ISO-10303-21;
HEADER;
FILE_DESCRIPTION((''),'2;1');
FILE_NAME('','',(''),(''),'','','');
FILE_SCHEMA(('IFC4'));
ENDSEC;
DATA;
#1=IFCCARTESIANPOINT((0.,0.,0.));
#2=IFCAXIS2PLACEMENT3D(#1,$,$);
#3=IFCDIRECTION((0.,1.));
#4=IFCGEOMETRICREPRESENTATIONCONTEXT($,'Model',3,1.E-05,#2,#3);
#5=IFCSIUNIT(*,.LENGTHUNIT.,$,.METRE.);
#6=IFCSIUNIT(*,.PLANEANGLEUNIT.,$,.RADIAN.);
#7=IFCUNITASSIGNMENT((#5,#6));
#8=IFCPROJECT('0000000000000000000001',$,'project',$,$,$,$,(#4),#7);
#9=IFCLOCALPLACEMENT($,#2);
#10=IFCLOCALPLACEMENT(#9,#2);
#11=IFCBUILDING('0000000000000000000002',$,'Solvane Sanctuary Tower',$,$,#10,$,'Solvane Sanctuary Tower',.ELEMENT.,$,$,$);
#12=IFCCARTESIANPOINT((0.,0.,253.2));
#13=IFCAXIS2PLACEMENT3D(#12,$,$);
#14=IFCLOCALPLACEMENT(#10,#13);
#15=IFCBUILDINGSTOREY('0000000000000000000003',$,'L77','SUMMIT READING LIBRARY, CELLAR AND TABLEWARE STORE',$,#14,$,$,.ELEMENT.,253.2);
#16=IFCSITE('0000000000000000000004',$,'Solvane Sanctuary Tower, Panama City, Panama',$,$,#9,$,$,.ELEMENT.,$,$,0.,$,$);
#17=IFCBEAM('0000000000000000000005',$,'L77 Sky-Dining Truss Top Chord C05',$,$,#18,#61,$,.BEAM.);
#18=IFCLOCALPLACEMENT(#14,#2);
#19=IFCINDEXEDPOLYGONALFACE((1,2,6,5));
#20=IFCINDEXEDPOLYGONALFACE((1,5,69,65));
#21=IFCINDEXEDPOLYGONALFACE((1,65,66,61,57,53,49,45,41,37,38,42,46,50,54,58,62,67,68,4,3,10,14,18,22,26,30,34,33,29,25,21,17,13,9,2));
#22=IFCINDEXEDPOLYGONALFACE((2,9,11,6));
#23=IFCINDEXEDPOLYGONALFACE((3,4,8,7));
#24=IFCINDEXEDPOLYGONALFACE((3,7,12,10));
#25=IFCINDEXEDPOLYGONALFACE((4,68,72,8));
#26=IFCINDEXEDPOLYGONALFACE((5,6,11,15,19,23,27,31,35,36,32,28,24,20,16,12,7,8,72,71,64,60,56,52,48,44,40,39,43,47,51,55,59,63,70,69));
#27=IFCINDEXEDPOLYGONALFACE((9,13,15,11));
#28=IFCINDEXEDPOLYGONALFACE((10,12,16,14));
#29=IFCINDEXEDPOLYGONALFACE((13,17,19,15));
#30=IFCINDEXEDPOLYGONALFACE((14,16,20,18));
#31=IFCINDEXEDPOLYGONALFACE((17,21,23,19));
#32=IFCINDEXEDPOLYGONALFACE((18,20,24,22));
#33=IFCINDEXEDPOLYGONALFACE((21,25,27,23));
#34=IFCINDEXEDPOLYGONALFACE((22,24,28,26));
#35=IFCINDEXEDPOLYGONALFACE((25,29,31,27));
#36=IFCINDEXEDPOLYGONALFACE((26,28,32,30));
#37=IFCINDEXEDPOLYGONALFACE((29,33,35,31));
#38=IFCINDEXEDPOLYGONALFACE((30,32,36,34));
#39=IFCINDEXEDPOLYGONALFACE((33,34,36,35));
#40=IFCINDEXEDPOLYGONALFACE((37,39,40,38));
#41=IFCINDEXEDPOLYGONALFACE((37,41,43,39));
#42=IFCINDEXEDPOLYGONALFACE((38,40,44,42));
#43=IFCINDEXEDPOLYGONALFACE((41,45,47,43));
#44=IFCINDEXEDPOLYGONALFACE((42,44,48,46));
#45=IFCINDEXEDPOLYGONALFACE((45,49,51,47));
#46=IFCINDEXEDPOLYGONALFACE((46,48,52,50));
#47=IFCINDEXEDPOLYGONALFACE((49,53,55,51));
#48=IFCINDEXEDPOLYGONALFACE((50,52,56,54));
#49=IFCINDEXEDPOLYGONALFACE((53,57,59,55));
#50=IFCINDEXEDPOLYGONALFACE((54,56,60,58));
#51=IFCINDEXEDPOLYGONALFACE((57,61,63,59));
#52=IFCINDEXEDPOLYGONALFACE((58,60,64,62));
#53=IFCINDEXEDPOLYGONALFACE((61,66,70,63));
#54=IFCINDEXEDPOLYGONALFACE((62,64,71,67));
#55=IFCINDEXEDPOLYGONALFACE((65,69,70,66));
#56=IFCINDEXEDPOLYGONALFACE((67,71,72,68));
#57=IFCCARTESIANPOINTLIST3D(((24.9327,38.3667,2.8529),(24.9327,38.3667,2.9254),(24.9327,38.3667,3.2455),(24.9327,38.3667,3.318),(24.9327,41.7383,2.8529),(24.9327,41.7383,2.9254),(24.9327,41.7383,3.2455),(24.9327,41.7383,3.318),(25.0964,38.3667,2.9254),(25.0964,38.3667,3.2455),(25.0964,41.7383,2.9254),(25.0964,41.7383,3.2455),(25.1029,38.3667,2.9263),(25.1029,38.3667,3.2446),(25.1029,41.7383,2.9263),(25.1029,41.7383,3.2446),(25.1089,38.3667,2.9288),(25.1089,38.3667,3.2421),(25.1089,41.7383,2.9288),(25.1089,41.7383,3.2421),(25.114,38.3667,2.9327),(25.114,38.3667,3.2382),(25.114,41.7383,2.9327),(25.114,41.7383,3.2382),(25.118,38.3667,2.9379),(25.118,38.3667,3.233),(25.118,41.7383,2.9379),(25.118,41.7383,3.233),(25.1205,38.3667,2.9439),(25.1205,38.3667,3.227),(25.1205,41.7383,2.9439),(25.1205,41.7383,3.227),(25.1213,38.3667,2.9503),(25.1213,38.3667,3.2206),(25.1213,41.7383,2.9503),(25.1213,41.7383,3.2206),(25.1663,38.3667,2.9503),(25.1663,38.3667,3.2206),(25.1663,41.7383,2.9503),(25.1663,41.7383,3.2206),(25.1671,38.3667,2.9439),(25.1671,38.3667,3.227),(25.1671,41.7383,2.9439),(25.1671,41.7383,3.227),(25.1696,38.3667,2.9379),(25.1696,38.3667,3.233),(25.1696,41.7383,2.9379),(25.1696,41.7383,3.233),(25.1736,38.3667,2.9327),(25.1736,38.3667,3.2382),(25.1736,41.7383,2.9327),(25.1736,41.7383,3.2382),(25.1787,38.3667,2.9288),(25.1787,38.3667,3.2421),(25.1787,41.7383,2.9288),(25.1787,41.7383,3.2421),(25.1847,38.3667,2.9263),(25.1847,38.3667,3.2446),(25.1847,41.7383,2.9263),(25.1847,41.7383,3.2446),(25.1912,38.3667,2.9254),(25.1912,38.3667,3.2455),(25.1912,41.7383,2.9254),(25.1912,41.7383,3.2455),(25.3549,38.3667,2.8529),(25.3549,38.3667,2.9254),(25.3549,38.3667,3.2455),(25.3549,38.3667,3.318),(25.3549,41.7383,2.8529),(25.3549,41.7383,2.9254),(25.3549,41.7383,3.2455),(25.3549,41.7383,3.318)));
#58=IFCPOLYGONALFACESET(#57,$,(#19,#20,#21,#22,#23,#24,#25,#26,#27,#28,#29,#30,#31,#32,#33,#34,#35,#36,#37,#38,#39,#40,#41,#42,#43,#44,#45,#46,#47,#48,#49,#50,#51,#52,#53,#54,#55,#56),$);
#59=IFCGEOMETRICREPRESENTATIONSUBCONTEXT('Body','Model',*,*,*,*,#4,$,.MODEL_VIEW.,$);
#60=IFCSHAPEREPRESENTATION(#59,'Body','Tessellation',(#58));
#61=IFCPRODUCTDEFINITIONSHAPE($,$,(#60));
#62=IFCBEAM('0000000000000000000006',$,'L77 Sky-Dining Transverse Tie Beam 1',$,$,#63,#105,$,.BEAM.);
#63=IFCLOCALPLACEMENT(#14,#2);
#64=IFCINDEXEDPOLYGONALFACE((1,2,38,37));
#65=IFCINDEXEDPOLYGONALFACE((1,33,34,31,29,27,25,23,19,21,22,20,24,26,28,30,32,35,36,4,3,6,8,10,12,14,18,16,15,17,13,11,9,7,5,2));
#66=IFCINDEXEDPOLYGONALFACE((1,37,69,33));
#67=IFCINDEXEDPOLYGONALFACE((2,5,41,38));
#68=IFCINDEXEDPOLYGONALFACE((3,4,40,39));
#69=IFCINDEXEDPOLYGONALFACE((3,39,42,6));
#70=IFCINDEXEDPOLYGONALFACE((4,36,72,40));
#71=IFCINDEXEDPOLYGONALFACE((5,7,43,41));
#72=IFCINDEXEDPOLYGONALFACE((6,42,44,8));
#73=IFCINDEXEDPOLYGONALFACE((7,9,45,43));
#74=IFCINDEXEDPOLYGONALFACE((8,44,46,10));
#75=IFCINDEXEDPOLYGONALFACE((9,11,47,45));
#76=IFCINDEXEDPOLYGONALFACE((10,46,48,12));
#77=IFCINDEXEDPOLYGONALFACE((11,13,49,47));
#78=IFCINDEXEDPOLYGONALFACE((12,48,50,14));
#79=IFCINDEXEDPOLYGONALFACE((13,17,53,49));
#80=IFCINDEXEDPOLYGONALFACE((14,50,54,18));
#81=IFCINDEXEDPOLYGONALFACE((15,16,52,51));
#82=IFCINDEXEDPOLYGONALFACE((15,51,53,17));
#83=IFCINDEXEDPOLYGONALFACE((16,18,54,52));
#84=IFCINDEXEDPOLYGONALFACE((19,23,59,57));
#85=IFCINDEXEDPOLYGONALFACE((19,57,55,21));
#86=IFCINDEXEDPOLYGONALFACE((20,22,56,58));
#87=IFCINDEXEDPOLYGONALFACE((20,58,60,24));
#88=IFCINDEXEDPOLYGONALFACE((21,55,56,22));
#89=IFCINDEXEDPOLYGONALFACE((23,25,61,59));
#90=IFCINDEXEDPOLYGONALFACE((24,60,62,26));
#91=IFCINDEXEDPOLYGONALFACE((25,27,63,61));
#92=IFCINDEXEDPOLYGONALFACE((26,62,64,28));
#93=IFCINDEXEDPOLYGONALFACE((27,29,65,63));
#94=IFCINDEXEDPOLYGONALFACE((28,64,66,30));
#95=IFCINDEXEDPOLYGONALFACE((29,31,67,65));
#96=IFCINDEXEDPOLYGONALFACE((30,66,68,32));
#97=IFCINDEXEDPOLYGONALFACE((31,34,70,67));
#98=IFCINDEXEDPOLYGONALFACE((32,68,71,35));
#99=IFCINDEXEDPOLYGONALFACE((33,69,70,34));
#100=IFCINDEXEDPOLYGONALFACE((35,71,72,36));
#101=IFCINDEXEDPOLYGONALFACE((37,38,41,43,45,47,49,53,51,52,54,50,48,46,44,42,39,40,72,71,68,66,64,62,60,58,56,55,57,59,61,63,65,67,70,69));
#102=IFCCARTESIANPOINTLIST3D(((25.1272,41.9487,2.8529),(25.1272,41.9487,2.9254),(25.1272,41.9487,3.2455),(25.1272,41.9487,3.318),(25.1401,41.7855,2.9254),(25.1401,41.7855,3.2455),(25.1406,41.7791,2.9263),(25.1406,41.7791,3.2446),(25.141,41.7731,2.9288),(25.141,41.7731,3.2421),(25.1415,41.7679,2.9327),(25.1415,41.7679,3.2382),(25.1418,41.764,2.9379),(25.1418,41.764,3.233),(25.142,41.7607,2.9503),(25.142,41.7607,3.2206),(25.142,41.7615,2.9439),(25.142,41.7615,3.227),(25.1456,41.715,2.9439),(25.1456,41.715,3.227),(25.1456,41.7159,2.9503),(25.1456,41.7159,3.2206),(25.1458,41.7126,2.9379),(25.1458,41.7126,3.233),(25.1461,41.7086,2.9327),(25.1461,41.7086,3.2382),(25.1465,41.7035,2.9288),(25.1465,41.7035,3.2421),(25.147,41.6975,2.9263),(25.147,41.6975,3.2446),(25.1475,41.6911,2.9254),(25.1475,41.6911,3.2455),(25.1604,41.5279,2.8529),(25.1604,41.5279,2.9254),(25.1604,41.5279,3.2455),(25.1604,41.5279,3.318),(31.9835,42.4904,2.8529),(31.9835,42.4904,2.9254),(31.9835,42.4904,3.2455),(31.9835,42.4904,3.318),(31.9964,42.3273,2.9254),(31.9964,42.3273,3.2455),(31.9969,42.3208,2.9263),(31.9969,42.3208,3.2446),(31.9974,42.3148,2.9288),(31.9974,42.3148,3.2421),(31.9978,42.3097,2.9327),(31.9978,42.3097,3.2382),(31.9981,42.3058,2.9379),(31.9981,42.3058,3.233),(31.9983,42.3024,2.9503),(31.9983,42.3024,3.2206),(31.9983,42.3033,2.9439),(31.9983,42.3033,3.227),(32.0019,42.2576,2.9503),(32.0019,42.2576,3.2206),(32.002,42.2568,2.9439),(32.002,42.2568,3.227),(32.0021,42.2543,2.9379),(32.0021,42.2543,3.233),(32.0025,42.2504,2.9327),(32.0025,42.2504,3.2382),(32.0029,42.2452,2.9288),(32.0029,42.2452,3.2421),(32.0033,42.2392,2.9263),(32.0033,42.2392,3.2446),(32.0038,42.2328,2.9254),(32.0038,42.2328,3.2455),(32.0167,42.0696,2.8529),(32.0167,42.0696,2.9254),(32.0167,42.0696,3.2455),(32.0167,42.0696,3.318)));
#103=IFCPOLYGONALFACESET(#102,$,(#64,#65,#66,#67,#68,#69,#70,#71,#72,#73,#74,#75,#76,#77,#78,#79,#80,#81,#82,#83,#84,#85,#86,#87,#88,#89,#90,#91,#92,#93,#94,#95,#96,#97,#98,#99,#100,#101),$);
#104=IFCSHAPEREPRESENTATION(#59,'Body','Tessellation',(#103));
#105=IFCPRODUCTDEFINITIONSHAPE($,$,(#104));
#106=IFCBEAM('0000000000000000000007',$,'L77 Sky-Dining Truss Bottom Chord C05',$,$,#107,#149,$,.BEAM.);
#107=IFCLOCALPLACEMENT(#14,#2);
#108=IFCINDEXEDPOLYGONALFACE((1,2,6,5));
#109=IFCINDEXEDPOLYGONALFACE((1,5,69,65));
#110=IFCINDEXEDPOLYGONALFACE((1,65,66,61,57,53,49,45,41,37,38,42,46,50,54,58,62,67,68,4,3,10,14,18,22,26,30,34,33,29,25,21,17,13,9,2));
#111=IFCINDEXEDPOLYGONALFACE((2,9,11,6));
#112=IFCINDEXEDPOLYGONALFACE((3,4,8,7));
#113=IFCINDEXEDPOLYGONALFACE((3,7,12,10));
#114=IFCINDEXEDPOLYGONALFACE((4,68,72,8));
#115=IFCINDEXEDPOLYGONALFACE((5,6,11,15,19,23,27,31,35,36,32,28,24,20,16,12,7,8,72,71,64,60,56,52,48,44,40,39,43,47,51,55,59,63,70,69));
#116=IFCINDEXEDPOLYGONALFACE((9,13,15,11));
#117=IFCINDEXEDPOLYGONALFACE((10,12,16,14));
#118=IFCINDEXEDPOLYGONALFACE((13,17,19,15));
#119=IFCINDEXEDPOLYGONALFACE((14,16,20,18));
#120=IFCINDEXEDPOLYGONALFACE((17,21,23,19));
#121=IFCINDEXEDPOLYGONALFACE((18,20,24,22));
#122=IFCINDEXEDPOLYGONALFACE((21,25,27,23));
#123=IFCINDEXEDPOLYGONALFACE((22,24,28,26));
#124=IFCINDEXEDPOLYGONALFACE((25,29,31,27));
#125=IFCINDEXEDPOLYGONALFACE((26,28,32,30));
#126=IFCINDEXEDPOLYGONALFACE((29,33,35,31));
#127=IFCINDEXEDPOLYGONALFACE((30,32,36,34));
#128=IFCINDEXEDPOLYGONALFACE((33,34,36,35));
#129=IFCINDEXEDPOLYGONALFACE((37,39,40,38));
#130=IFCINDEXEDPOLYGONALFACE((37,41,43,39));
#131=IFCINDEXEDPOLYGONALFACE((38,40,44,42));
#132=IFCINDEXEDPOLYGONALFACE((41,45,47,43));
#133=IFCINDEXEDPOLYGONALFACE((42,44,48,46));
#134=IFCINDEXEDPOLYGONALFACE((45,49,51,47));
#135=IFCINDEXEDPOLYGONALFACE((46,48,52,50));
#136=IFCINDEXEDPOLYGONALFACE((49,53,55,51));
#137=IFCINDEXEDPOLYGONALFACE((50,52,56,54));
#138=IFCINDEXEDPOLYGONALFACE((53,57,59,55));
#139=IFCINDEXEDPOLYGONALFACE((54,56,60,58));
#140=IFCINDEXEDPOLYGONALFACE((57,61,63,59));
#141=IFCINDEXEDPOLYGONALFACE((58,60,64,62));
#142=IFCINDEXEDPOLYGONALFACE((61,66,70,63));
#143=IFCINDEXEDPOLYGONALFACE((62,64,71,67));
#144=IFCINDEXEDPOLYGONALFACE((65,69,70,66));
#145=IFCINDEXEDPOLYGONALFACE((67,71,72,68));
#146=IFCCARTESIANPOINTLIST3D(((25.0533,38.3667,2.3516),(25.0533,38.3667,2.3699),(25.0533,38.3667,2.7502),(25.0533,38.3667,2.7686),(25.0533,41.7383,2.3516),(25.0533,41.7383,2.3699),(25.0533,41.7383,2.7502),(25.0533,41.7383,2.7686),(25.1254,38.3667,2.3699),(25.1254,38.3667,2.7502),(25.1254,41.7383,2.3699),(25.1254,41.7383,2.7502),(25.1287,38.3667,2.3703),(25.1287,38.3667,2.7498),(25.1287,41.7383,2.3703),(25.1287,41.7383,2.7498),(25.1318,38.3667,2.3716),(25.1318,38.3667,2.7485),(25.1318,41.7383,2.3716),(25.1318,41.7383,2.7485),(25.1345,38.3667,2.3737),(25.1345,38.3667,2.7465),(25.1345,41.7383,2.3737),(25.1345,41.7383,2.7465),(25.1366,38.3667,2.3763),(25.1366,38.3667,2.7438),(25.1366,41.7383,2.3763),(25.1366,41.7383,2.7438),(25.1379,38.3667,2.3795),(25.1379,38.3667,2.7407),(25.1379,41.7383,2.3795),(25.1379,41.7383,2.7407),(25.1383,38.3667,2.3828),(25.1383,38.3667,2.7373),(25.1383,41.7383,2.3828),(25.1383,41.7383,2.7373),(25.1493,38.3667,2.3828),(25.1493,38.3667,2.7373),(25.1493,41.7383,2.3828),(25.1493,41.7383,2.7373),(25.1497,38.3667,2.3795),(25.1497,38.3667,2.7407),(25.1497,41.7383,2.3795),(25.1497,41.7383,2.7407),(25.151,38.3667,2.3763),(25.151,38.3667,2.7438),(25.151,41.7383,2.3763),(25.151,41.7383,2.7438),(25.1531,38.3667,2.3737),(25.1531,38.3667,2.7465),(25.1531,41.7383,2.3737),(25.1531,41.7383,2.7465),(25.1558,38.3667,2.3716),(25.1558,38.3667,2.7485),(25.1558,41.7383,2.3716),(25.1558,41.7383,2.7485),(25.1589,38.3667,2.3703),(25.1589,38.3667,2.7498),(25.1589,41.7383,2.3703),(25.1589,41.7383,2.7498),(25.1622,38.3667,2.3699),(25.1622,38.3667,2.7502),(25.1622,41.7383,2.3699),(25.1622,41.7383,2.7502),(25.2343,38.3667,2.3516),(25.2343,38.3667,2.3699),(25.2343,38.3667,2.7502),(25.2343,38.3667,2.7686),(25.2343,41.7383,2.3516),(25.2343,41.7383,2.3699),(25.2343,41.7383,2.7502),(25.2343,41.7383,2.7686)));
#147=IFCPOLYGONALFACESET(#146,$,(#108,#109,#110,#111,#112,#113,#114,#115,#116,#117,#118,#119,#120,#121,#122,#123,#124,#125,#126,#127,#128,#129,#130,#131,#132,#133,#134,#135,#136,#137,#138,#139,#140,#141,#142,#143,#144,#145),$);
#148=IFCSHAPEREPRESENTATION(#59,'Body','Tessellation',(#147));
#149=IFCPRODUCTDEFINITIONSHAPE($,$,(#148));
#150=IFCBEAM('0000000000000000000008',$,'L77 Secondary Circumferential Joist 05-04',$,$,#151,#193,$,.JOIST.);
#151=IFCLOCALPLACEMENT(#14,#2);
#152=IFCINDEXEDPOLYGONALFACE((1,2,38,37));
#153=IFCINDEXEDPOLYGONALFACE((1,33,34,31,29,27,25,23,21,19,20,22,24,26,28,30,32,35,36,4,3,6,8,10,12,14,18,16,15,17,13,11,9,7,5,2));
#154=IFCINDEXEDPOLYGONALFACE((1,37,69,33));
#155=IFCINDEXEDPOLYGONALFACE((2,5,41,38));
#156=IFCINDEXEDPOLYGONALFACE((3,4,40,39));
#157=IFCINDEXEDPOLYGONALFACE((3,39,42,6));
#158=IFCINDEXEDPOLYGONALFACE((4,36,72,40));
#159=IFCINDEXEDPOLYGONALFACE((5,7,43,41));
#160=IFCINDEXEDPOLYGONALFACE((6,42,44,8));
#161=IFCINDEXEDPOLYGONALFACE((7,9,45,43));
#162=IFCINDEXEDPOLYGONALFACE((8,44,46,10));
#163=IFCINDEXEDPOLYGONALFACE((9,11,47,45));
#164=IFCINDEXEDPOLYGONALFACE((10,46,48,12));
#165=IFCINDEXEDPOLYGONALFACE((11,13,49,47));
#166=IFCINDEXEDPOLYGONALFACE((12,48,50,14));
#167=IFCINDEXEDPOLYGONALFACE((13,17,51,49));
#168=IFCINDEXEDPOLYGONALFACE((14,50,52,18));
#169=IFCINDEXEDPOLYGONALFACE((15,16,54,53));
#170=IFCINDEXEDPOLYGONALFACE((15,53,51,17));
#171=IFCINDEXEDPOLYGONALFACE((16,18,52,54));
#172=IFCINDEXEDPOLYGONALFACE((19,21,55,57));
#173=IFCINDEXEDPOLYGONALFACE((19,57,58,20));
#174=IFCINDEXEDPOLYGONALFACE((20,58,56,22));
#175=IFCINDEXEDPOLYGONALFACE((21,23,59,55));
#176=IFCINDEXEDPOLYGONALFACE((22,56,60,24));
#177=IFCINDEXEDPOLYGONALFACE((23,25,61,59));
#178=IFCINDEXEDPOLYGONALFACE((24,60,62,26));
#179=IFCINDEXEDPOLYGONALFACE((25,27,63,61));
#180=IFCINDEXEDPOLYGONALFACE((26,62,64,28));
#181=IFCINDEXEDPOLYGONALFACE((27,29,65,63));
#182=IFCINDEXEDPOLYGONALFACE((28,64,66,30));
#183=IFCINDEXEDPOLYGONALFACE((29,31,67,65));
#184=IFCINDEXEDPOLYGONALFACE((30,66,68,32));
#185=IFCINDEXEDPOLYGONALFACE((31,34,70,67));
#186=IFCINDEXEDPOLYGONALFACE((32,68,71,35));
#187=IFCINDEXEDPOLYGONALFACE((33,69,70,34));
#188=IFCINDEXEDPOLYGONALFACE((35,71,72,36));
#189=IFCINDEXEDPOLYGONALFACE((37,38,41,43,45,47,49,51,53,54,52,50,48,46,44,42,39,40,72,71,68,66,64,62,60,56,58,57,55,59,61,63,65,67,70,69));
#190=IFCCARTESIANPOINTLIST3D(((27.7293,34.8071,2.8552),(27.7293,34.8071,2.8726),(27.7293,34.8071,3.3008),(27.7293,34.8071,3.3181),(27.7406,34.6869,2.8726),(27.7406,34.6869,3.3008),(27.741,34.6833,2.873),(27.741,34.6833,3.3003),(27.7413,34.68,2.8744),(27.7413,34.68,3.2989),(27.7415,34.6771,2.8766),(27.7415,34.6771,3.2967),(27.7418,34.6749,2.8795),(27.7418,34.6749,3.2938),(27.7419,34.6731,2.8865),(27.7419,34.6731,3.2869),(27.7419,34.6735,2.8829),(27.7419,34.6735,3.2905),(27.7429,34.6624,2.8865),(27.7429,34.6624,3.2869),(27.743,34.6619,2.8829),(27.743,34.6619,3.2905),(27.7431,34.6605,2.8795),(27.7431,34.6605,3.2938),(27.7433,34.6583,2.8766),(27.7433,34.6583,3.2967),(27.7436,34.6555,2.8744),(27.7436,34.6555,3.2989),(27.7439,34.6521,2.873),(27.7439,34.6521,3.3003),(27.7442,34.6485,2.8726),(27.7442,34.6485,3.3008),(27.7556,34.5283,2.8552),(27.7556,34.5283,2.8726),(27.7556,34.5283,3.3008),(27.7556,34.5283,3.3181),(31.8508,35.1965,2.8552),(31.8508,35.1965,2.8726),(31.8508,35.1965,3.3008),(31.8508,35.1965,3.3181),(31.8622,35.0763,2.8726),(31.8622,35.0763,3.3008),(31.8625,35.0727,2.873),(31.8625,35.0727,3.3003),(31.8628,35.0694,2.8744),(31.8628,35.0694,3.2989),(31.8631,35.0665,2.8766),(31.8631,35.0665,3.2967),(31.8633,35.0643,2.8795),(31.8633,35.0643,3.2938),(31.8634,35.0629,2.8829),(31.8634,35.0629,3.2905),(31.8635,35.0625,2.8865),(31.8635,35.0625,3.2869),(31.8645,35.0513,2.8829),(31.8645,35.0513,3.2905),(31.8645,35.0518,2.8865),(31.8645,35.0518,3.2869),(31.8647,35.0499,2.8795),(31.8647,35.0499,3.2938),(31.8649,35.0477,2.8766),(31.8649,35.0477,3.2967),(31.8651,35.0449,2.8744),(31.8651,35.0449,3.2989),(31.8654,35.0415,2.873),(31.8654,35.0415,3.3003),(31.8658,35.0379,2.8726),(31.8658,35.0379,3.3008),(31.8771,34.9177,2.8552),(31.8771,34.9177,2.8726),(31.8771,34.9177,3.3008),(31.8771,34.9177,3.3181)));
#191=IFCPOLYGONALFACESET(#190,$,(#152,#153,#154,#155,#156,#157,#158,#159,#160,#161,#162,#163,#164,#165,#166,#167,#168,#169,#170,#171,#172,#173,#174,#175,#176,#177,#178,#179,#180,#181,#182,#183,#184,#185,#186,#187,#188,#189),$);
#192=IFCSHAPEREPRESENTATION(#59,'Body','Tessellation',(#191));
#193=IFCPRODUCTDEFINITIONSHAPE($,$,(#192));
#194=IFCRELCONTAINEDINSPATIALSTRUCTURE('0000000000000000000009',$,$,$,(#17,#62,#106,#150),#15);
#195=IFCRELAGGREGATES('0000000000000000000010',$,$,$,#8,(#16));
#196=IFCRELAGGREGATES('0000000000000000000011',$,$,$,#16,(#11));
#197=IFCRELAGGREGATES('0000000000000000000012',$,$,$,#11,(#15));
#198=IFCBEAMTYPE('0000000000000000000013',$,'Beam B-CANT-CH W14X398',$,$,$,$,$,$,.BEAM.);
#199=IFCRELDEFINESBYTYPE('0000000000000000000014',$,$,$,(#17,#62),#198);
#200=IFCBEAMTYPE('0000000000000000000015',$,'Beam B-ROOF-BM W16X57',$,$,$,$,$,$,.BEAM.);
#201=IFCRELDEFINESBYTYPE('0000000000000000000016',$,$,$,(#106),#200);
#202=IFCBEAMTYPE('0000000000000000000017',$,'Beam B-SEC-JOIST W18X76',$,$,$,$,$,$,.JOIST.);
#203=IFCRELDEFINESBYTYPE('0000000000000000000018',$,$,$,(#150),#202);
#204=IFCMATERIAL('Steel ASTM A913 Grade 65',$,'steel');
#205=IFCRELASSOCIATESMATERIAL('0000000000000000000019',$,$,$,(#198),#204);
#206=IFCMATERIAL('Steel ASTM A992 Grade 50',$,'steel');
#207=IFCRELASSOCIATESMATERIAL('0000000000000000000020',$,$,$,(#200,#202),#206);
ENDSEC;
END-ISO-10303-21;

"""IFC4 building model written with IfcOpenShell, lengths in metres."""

from ifc_helpers import new_model, si_unit, direction, frame, origin, origin_2d, place, context, subcontext, project, spatial, i_section, extrude, material, material_profile, profile_set, type_object, element, save


model = new_model("IFC4")

# Units and contexts
model_context = context("Model", 3, precision=1e-05, world=origin(), true_north=direction((0.0, 1.0)))
body_context = subcontext(model_context, "Body", "Model", "MODEL_VIEW")
ifc_project = project(units=[si_unit("LENGTHUNIT", "METRE"), si_unit("PLANEANGLEUNIT", "RADIAN")], contexts=[model_context])

# Site, building, storey
site_placement = place(None, origin())
site = spatial("IfcSite", under=ifc_project, at=site_placement, Name="Solvane Sanctuary Tower, Panama City, Panama", CompositionType="ELEMENT", RefElevation=0.0)
building_placement = place(site_placement, origin())
building = spatial("IfcBuilding", under=site, at=building_placement, Name="Solvane Sanctuary Tower", LongName="Solvane Sanctuary Tower", CompositionType="ELEMENT")
storey_placement = place(building_placement, frame((0.0, 0.0, 253.2)))
storey = spatial("IfcBuildingStorey", under=building, at=storey_placement, Name="L77", Description="SUMMIT READING LIBRARY, CELLAR AND TABLEWARE STORE", CompositionType="ELEMENT", Elevation=253.2)

# Beams
ifc_material_1 = material(Name="Steel ASTM A913 Grade 65", Category="steel")
ifc_material_profile_1 = material_profile(ifc_material_1, i_section(OverallWidth=0.4221, OverallDepth=0.4651, WebThickness=0.0449, FlangeThickness=0.0725, FilletRadius=0.0249, at=origin_2d()), Name="W14X398")
ifc_profile_set_1 = profile_set([ifc_material_profile_1], Name="Steel ASTM A913 Grade 65")
beam_type_1 = type_object("IfcBeamType", Name="Beam B-CANT-CH W14X398", PredefinedType="BEAM", material=ifc_profile_set_1)
beam_1_placement = place(storey_placement, frame((25.1438, 38.3667, 3.0854), z_axis=(0.0, 1.0, 0.0), x_axis=(-1.0, 0.0, 0.0)))
element("IfcBeam", 1, at=beam_1_placement, inside=storey, type_object=beam_type_1, Name="L77 Sky-Dining Truss Top Chord C05", PredefinedType="BEAM", context=body_context, shape_type="SweptSolid", body=[
    extrude(i_section(OverallWidth=0.4221, OverallDepth=0.4651, WebThickness=0.0449, FlangeThickness=0.0725, FilletRadius=0.0249, at=origin_2d()), origin(), (0.0, 0.0, 1.0), 3.3716),
])
beam_2_placement = place(storey_placement, frame((25.1438, 41.7383, 3.0854), z_axis=(0.996893, 0.07877, 0.0), x_axis=(-0.07877, 0.996893, 0.0)))
element("IfcBeam", 2, at=beam_2_placement, inside=storey, type_object=beam_type_1, Name="L77 Sky-Dining Transverse Tie Beam 1", PredefinedType="BEAM", context=body_context, shape_type="SweptSolid", body=[
    extrude(i_section(OverallWidth=0.4221, OverallDepth=0.4651, WebThickness=0.0449, FlangeThickness=0.0725, FilletRadius=0.0249, at=origin_2d()), origin(), (0.0, 0.0, 1.0), 6.8777),
])
ifc_material_2 = material(Name="Steel ASTM A992 Grade 50", Category="steel")
ifc_material_profile_2 = material_profile(ifc_material_2, i_section(OverallWidth=0.1809, OverallDepth=0.417, WebThickness=0.011, FlangeThickness=0.0183, FilletRadius=0.0129, at=origin_2d()), Name="W16X57")
ifc_profile_set_2 = profile_set([ifc_material_profile_2], Name="Steel ASTM A992 Grade 50")
beam_type_2 = type_object("IfcBeamType", Name="Beam B-ROOF-BM W16X57", PredefinedType="BEAM", material=ifc_profile_set_2)
beam_3_placement = place(storey_placement, frame((25.1438, 38.3667, 2.5601), z_axis=(0.0, 1.0, 0.0), x_axis=(-1.0, 0.0, 0.0)))
element("IfcBeam", 3, at=beam_3_placement, inside=storey, type_object=beam_type_2, Name="L77 Sky-Dining Truss Bottom Chord C05", PredefinedType="BEAM", context=body_context, shape_type="SweptSolid", body=[
    extrude(i_section(OverallWidth=0.1809, OverallDepth=0.417, WebThickness=0.011, FlangeThickness=0.0183, FilletRadius=0.0129, at=origin_2d()), origin(), (0.0, 0.0, 1.0), 3.3716),
])
ifc_material_profile_3 = material_profile(ifc_material_2, i_section(OverallWidth=0.28, OverallDepth=0.4629, WebThickness=0.0107, FlangeThickness=0.0173, FilletRadius=0.0139, at=origin_2d()), Name="W18X76")
ifc_profile_set_3 = profile_set([ifc_material_profile_3], Name="Steel ASTM A992 Grade 50")
beam_type_3 = type_object("IfcBeamType", Name="Beam B-SEC-JOIST W18X76", PredefinedType="JOIST", material=ifc_profile_set_3)
beam_4_placement = place(storey_placement, frame((27.7424, 34.6677, 3.0867), z_axis=(0.995566, 0.09406, 0.0), x_axis=(-0.09406, 0.995566, 0.0)))
element("IfcBeam", 4, at=beam_4_placement, inside=storey, type_object=beam_type_3, Name="L77 Secondary Circumferential Joist 05-04", PredefinedType="JOIST", context=body_context, shape_type="SweptSolid", body=[
    extrude(i_section(OverallWidth=0.28, OverallDepth=0.4629, WebThickness=0.0107, FlangeThickness=0.0173, FilletRadius=0.0139, at=origin_2d()), origin(), (0.0, 0.0, 1.0), 4.1399),
])

save(model, "model.ifc")
